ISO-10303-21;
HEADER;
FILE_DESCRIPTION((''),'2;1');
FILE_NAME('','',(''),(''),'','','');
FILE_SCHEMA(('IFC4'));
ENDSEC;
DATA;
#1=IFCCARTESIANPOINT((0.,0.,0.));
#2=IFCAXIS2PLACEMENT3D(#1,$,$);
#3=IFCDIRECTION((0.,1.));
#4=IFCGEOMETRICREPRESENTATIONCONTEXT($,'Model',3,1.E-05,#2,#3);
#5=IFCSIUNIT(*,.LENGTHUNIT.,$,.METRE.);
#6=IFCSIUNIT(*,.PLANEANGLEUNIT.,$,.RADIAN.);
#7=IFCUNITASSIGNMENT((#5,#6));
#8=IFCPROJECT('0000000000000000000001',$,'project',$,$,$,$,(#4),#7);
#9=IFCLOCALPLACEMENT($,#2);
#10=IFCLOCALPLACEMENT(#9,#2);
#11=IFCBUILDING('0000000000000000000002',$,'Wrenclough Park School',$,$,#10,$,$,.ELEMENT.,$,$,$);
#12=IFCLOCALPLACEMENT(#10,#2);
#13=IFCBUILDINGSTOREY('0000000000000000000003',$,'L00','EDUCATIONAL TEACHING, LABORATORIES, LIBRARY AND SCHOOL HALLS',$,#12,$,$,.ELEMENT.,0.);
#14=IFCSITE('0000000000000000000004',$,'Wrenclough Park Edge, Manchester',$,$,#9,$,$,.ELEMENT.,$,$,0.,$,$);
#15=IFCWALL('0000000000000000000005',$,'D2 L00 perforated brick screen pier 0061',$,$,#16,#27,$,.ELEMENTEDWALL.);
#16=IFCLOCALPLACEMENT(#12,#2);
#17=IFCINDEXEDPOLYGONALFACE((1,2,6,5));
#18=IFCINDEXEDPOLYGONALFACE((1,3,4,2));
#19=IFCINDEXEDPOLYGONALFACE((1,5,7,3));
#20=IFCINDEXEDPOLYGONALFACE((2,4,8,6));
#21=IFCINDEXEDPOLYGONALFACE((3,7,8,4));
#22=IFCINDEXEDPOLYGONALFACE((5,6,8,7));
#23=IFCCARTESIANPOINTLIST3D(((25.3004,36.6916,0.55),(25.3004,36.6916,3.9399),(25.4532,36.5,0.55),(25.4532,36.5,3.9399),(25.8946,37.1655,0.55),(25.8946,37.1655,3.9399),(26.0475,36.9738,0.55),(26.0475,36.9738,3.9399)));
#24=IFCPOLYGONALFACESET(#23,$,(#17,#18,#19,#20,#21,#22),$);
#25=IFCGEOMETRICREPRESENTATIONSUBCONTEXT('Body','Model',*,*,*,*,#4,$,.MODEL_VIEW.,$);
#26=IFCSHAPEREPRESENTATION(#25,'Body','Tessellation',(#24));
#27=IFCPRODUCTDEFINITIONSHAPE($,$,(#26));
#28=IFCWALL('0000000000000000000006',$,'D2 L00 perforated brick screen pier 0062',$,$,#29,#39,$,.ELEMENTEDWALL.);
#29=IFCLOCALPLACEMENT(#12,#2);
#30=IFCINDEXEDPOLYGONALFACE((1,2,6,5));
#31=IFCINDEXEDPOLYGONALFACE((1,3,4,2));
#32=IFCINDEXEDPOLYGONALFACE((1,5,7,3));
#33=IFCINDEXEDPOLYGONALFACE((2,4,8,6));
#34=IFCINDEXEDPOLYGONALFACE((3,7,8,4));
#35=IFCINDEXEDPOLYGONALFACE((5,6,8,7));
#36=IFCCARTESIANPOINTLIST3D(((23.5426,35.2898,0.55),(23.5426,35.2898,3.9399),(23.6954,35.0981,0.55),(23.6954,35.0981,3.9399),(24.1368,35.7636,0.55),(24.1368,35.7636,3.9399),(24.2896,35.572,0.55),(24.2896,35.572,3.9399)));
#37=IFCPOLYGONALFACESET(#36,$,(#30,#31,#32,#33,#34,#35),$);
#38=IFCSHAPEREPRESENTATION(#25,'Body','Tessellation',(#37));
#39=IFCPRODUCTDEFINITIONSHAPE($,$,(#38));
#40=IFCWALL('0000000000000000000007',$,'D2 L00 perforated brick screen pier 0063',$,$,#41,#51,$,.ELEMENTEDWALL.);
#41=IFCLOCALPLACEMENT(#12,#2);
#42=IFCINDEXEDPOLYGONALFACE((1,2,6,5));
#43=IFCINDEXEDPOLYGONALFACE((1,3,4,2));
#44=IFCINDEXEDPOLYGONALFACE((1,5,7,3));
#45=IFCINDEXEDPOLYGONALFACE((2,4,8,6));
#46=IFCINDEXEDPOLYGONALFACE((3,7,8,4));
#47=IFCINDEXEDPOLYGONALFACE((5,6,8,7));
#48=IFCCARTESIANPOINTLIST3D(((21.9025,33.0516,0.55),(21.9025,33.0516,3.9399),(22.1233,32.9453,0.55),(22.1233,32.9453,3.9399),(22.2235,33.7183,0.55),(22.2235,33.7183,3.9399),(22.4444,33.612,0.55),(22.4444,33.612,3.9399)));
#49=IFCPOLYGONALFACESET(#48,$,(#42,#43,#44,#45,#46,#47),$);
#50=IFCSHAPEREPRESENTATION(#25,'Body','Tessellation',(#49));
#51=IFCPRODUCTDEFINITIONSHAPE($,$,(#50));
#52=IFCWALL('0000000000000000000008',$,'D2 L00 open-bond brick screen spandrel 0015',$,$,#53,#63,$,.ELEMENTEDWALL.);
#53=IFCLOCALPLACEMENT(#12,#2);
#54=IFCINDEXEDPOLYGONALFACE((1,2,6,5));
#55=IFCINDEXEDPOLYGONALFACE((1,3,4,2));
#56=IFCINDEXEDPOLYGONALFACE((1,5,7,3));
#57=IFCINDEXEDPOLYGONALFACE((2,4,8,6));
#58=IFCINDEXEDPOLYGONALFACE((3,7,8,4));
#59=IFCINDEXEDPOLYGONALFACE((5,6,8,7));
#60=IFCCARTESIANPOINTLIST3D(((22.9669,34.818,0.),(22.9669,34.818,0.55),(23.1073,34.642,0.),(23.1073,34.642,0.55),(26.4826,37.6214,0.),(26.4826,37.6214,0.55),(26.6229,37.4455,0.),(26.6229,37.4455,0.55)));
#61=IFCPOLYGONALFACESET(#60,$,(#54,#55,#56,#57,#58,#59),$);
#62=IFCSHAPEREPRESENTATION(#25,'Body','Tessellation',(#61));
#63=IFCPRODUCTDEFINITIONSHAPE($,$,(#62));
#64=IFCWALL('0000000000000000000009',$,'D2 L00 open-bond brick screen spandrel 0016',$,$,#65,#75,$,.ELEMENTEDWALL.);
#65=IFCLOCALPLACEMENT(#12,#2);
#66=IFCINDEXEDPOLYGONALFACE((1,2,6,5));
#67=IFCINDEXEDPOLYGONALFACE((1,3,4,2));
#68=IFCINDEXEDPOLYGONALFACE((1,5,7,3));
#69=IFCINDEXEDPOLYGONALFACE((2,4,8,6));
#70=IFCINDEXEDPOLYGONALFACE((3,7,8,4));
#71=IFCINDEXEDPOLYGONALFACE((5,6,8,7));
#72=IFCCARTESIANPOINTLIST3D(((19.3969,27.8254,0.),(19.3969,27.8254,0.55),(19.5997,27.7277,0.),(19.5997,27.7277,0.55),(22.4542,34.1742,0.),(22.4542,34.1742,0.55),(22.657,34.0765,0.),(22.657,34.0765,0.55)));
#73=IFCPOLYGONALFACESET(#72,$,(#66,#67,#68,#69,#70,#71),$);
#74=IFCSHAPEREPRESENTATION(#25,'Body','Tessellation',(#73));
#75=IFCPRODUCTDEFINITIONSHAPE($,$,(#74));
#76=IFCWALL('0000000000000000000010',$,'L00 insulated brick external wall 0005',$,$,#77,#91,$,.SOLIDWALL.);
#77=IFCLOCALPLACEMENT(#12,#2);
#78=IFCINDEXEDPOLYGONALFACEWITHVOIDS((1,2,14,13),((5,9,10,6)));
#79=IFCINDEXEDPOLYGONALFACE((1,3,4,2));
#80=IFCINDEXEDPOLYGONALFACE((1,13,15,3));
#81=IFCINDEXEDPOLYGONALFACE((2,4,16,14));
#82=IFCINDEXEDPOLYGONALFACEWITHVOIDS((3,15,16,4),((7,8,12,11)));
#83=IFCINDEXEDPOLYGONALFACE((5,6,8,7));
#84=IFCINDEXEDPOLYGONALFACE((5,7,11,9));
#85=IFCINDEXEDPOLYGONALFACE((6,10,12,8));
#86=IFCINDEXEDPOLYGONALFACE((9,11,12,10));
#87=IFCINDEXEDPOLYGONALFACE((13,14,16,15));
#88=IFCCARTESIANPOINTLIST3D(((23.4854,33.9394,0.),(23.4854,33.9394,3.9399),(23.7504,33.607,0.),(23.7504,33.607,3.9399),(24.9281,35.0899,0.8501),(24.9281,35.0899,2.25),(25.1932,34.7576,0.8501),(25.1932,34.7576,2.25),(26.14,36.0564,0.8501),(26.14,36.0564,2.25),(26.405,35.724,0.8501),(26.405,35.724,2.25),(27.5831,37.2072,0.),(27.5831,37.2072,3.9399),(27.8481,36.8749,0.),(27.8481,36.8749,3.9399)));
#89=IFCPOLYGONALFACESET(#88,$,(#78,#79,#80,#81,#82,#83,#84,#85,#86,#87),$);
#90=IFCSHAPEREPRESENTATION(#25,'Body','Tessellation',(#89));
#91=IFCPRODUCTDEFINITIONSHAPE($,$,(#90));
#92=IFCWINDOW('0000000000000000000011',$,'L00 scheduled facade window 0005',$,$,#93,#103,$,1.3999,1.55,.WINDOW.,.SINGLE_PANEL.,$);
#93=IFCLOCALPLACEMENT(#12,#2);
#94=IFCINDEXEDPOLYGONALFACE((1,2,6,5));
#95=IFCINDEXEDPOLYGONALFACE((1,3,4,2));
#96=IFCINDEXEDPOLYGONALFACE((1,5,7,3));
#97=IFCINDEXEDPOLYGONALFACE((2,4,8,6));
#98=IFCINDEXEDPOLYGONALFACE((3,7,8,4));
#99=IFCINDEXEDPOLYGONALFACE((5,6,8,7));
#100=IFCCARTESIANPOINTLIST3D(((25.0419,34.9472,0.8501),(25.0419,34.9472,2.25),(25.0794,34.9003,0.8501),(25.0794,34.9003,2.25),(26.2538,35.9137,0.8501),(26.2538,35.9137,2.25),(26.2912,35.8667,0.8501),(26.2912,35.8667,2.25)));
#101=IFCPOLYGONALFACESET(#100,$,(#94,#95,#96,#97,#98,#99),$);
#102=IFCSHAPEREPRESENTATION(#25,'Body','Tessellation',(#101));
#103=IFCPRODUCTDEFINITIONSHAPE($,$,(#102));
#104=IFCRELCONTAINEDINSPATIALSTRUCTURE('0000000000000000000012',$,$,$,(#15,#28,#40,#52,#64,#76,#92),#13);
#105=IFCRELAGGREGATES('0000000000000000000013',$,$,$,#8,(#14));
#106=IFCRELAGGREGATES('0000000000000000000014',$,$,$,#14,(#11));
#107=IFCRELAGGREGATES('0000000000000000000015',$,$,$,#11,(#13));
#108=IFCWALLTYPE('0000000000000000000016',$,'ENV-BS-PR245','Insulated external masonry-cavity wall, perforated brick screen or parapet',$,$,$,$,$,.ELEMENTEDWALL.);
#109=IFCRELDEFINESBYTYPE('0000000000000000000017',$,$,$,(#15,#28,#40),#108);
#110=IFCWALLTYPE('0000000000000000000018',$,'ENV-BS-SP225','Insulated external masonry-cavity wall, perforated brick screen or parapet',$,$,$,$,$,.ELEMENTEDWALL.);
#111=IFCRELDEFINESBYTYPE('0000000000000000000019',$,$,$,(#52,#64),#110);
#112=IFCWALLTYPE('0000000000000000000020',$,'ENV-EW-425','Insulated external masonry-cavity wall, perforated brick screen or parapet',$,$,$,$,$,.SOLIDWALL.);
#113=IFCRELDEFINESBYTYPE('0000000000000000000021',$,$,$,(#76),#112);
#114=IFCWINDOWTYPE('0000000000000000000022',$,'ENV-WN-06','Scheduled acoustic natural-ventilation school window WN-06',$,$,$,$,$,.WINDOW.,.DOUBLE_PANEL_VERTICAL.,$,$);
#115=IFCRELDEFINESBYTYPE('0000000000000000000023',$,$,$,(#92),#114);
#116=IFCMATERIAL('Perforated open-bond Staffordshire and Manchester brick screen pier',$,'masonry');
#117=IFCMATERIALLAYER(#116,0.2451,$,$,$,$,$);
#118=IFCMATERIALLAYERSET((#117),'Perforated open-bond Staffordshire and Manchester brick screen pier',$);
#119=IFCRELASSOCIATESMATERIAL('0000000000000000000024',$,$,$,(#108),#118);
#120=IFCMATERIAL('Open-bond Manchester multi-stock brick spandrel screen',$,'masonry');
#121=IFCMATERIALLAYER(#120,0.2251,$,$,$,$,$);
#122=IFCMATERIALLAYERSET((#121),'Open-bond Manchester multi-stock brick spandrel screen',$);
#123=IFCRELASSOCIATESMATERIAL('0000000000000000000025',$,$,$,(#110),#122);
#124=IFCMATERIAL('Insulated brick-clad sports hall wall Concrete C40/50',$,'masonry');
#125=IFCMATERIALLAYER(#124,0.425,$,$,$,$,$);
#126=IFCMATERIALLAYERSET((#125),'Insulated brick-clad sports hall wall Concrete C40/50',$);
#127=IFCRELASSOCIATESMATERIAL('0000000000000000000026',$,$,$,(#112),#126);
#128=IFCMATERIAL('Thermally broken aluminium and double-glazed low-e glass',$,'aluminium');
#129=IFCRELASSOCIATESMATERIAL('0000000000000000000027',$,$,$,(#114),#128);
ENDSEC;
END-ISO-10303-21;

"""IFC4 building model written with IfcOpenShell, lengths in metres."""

from ifc_helpers import new_model, si_unit, direction, frame, frame_2d, origin, place, context, subcontext, project, spatial, rectangle, extrude, material, layer, layer_set, type_object, element, fill, save


model = new_model("IFC4")

# Units and contexts
model_context = context("Model", 3, precision=1e-05, world=origin(), true_north=direction((0.0, 1.0)))
body_context = subcontext(model_context, "Body", "Model", "MODEL_VIEW")
ifc_project = project(units=[si_unit("LENGTHUNIT", "METRE"), si_unit("PLANEANGLEUNIT", "RADIAN")], contexts=[model_context])

# Site, building, storey
site_placement = place(None, origin())
site = spatial("IfcSite", under=ifc_project, at=site_placement, Name="Wrenclough Park Edge, Manchester", CompositionType="ELEMENT", RefElevation=0.0)
building_placement = place(site_placement, origin())
building = spatial("IfcBuilding", under=site, at=building_placement, Name="Wrenclough Park School", CompositionType="ELEMENT")
storey_placement = place(building_placement, origin())
storey = spatial("IfcBuildingStorey", under=building, at=storey_placement, Name="L00", Description="EDUCATIONAL TEACHING, LABORATORIES, LIBRARY AND SCHOOL HALLS", CompositionType="ELEMENT", Elevation=0.0)

# Walls
ifc_material_1 = material(Name="Perforated open-bond Staffordshire and Manchester brick screen pier", Category="masonry")
ifc_layer_1 = layer(ifc_material_1, 0.2451)
ifc_layer_set_1 = layer_set([ifc_layer_1], Name="Perforated open-bond Staffordshire and Manchester brick screen pier")
wall_type_1 = type_object("IfcWallType", Name="ENV-BS-PR245", Description="Insulated external masonry-cavity wall, perforated brick screen or parapet", PredefinedType="ELEMENTEDWALL", material=ifc_layer_set_1)
for number, where, z_axis, x_axis, name in (
    (1, (25.9709, 37.0696, 0.55), (0.0, 0.0, 1.0), (-0.781839, -0.62348, 0.0), "D2 L00 perforated brick screen pier 0061"),
    (2, (24.2131, 35.6677, 0.55), (0.0, 0.0, 1.0), (-0.781839, -0.62348, 0.0), "D2 L00 perforated brick screen pier 0062"),
):
    element("IfcWall", number, at=place(storey_placement, frame(where, z_axis=z_axis, x_axis=x_axis)), inside=storey, type_object=wall_type_1, Name=name, PredefinedType="ELEMENTEDWALL", context=body_context, shape_type="SweptSolid", body=[
        extrude(rectangle(XDim=0.76, YDim=0.2451, at=frame_2d((0.3799, 0.0))), origin(), (0.0, 0.0, 1.0), 3.3899),
    ])
wall_1_placement = place(storey_placement, frame((22.334, 33.6653, 0.55), z_axis=(0.0, 0.0, 1.0), x_axis=(-0.433835, -0.900992, 0.0)))
element("IfcWall", 3, at=wall_1_placement, inside=storey, type_object=wall_type_1, Name="D2 L00 perforated brick screen pier 0063", PredefinedType="ELEMENTEDWALL", context=body_context, shape_type="SweptSolid", body=[
    extrude(rectangle(XDim=0.74, YDim=0.2451, at=frame_2d((0.3701, 0.0))), origin(), (0.0, 0.0, 1.0), 3.3899),
])
ifc_material_2 = material(Name="Open-bond Manchester multi-stock brick spandrel screen", Category="masonry")
ifc_layer_2 = layer(ifc_material_2, 0.2251)
ifc_layer_set_2 = layer_set([ifc_layer_2], Name="Open-bond Manchester multi-stock brick spandrel screen")
wall_type_2 = type_object("IfcWallType", Name="ENV-BS-SP225", Description="Insulated external masonry-cavity wall, perforated brick screen or parapet", PredefinedType="ELEMENTEDWALL", material=ifc_layer_set_2)
wall_2_placement = place(storey_placement, frame((26.5527, 37.5334, 0.0), z_axis=(0.0, 0.0, 1.0), x_axis=(-0.781848, -0.623469, 0.0)))
element("IfcWall", 4, at=wall_2_placement, inside=storey, type_object=wall_type_2, Name="D2 L00 open-bond brick screen spandrel 0015", PredefinedType="ELEMENTEDWALL", context=body_context, shape_type="SweptSolid", body=[
    extrude(rectangle(XDim=4.4966, YDim=0.2251, at=frame_2d((2.2483, 0.0))), origin(), (0.0, 0.0, 1.0), 0.55),
])
wall_3_placement = place(storey_placement, frame((22.5557, 34.1255, 0.0), z_axis=(0.0, 0.0, 1.0), x_axis=(-0.433874, -0.900974, 0.0)))
element("IfcWall", 5, at=wall_3_placement, inside=storey, type_object=wall_type_2, Name="D2 L00 open-bond brick screen spandrel 0016", PredefinedType="ELEMENTEDWALL", context=body_context, shape_type="SweptSolid", body=[
    extrude(rectangle(XDim=7.0466, YDim=0.2251, at=frame_2d((3.5234, 0.0))), origin(), (0.0, 0.0, 1.0), 0.55),
])

# Wall, opening, window
ifc_material_3 = material(Name="Insulated brick-clad sports hall wall Concrete C40/50", Category="masonry")
ifc_layer_3 = layer(ifc_material_3, 0.425)
ifc_layer_set_3 = layer_set([ifc_layer_3], Name="Insulated brick-clad sports hall wall Concrete C40/50")
wall_type_3 = type_object("IfcWallType", Name="ENV-EW-425", Description="Insulated external masonry-cavity wall, perforated brick screen or parapet", PredefinedType="SOLIDWALL", material=ifc_layer_set_3)
wall_4_placement = place(storey_placement, frame((23.6179, 33.7732, 0.0), z_axis=(0.0, 0.0, 1.0), x_axis=(0.781827, 0.623496, 0.0)))
wall_4 = element("IfcWall", 6, at=wall_4_placement, inside=storey, type_object=wall_type_3, Name="L00 insulated brick external wall 0005", PredefinedType="SOLIDWALL", context=body_context, shape_type="SweptSolid", body=[
    extrude(rectangle(XDim=5.2412, YDim=0.425, at=frame_2d((2.6206, 0.0))), origin(), (0.0, 0.0, 1.0), 3.9399),
])
opening_placement = place(wall_4_placement, frame((1.8455, 0.0, 0.8501)))
opening = element("IfcOpeningElement", 7, at=opening_placement, cuts=wall_4, PredefinedType="OPENING", context=body_context, shape_type="SweptSolid", body=[
    extrude(rectangle(XDim=1.55, YDim=1.3999, at=frame_2d((0.7749, 0.7))), frame((0.0, 0.2224, 0.0), z_axis=(0.0, -1.0, 0.0), x_axis=(1.0, 0.0, 0.0)), (0.0, 0.0, 1.0), 0.4451),
])
ifc_material_4 = material(Name="Thermally broken aluminium and double-glazed low-e glass", Category="aluminium")
window_type = type_object("IfcWindowType", Name="ENV-WN-06", Description="Scheduled acoustic natural-ventilation school window WN-06", PartitioningType="DOUBLE_PANEL_VERTICAL", PredefinedType="WINDOW", material=ifc_material_4)
window_placement = place(opening_placement, origin())
window = element("IfcWindow", 8, at=window_placement, inside=storey, type_object=window_type, Name="L00 scheduled facade window 0005", OverallHeight=1.3999, OverallWidth=1.55, PartitioningType="SINGLE_PANEL", PredefinedType="WINDOW", context=body_context, shape_type="SweptSolid", body=[
    extrude(rectangle(XDim=1.55, YDim=1.3999, at=frame_2d((0.7749, 0.7))), frame((0.0, 0.03, 0.0), z_axis=(0.0, -1.0, 0.0), x_axis=(1.0, 0.0, 0.0)), (0.0, 0.0, 1.0), 0.0601),
])
fill(opening, window)

save(model, "model.ifc")
